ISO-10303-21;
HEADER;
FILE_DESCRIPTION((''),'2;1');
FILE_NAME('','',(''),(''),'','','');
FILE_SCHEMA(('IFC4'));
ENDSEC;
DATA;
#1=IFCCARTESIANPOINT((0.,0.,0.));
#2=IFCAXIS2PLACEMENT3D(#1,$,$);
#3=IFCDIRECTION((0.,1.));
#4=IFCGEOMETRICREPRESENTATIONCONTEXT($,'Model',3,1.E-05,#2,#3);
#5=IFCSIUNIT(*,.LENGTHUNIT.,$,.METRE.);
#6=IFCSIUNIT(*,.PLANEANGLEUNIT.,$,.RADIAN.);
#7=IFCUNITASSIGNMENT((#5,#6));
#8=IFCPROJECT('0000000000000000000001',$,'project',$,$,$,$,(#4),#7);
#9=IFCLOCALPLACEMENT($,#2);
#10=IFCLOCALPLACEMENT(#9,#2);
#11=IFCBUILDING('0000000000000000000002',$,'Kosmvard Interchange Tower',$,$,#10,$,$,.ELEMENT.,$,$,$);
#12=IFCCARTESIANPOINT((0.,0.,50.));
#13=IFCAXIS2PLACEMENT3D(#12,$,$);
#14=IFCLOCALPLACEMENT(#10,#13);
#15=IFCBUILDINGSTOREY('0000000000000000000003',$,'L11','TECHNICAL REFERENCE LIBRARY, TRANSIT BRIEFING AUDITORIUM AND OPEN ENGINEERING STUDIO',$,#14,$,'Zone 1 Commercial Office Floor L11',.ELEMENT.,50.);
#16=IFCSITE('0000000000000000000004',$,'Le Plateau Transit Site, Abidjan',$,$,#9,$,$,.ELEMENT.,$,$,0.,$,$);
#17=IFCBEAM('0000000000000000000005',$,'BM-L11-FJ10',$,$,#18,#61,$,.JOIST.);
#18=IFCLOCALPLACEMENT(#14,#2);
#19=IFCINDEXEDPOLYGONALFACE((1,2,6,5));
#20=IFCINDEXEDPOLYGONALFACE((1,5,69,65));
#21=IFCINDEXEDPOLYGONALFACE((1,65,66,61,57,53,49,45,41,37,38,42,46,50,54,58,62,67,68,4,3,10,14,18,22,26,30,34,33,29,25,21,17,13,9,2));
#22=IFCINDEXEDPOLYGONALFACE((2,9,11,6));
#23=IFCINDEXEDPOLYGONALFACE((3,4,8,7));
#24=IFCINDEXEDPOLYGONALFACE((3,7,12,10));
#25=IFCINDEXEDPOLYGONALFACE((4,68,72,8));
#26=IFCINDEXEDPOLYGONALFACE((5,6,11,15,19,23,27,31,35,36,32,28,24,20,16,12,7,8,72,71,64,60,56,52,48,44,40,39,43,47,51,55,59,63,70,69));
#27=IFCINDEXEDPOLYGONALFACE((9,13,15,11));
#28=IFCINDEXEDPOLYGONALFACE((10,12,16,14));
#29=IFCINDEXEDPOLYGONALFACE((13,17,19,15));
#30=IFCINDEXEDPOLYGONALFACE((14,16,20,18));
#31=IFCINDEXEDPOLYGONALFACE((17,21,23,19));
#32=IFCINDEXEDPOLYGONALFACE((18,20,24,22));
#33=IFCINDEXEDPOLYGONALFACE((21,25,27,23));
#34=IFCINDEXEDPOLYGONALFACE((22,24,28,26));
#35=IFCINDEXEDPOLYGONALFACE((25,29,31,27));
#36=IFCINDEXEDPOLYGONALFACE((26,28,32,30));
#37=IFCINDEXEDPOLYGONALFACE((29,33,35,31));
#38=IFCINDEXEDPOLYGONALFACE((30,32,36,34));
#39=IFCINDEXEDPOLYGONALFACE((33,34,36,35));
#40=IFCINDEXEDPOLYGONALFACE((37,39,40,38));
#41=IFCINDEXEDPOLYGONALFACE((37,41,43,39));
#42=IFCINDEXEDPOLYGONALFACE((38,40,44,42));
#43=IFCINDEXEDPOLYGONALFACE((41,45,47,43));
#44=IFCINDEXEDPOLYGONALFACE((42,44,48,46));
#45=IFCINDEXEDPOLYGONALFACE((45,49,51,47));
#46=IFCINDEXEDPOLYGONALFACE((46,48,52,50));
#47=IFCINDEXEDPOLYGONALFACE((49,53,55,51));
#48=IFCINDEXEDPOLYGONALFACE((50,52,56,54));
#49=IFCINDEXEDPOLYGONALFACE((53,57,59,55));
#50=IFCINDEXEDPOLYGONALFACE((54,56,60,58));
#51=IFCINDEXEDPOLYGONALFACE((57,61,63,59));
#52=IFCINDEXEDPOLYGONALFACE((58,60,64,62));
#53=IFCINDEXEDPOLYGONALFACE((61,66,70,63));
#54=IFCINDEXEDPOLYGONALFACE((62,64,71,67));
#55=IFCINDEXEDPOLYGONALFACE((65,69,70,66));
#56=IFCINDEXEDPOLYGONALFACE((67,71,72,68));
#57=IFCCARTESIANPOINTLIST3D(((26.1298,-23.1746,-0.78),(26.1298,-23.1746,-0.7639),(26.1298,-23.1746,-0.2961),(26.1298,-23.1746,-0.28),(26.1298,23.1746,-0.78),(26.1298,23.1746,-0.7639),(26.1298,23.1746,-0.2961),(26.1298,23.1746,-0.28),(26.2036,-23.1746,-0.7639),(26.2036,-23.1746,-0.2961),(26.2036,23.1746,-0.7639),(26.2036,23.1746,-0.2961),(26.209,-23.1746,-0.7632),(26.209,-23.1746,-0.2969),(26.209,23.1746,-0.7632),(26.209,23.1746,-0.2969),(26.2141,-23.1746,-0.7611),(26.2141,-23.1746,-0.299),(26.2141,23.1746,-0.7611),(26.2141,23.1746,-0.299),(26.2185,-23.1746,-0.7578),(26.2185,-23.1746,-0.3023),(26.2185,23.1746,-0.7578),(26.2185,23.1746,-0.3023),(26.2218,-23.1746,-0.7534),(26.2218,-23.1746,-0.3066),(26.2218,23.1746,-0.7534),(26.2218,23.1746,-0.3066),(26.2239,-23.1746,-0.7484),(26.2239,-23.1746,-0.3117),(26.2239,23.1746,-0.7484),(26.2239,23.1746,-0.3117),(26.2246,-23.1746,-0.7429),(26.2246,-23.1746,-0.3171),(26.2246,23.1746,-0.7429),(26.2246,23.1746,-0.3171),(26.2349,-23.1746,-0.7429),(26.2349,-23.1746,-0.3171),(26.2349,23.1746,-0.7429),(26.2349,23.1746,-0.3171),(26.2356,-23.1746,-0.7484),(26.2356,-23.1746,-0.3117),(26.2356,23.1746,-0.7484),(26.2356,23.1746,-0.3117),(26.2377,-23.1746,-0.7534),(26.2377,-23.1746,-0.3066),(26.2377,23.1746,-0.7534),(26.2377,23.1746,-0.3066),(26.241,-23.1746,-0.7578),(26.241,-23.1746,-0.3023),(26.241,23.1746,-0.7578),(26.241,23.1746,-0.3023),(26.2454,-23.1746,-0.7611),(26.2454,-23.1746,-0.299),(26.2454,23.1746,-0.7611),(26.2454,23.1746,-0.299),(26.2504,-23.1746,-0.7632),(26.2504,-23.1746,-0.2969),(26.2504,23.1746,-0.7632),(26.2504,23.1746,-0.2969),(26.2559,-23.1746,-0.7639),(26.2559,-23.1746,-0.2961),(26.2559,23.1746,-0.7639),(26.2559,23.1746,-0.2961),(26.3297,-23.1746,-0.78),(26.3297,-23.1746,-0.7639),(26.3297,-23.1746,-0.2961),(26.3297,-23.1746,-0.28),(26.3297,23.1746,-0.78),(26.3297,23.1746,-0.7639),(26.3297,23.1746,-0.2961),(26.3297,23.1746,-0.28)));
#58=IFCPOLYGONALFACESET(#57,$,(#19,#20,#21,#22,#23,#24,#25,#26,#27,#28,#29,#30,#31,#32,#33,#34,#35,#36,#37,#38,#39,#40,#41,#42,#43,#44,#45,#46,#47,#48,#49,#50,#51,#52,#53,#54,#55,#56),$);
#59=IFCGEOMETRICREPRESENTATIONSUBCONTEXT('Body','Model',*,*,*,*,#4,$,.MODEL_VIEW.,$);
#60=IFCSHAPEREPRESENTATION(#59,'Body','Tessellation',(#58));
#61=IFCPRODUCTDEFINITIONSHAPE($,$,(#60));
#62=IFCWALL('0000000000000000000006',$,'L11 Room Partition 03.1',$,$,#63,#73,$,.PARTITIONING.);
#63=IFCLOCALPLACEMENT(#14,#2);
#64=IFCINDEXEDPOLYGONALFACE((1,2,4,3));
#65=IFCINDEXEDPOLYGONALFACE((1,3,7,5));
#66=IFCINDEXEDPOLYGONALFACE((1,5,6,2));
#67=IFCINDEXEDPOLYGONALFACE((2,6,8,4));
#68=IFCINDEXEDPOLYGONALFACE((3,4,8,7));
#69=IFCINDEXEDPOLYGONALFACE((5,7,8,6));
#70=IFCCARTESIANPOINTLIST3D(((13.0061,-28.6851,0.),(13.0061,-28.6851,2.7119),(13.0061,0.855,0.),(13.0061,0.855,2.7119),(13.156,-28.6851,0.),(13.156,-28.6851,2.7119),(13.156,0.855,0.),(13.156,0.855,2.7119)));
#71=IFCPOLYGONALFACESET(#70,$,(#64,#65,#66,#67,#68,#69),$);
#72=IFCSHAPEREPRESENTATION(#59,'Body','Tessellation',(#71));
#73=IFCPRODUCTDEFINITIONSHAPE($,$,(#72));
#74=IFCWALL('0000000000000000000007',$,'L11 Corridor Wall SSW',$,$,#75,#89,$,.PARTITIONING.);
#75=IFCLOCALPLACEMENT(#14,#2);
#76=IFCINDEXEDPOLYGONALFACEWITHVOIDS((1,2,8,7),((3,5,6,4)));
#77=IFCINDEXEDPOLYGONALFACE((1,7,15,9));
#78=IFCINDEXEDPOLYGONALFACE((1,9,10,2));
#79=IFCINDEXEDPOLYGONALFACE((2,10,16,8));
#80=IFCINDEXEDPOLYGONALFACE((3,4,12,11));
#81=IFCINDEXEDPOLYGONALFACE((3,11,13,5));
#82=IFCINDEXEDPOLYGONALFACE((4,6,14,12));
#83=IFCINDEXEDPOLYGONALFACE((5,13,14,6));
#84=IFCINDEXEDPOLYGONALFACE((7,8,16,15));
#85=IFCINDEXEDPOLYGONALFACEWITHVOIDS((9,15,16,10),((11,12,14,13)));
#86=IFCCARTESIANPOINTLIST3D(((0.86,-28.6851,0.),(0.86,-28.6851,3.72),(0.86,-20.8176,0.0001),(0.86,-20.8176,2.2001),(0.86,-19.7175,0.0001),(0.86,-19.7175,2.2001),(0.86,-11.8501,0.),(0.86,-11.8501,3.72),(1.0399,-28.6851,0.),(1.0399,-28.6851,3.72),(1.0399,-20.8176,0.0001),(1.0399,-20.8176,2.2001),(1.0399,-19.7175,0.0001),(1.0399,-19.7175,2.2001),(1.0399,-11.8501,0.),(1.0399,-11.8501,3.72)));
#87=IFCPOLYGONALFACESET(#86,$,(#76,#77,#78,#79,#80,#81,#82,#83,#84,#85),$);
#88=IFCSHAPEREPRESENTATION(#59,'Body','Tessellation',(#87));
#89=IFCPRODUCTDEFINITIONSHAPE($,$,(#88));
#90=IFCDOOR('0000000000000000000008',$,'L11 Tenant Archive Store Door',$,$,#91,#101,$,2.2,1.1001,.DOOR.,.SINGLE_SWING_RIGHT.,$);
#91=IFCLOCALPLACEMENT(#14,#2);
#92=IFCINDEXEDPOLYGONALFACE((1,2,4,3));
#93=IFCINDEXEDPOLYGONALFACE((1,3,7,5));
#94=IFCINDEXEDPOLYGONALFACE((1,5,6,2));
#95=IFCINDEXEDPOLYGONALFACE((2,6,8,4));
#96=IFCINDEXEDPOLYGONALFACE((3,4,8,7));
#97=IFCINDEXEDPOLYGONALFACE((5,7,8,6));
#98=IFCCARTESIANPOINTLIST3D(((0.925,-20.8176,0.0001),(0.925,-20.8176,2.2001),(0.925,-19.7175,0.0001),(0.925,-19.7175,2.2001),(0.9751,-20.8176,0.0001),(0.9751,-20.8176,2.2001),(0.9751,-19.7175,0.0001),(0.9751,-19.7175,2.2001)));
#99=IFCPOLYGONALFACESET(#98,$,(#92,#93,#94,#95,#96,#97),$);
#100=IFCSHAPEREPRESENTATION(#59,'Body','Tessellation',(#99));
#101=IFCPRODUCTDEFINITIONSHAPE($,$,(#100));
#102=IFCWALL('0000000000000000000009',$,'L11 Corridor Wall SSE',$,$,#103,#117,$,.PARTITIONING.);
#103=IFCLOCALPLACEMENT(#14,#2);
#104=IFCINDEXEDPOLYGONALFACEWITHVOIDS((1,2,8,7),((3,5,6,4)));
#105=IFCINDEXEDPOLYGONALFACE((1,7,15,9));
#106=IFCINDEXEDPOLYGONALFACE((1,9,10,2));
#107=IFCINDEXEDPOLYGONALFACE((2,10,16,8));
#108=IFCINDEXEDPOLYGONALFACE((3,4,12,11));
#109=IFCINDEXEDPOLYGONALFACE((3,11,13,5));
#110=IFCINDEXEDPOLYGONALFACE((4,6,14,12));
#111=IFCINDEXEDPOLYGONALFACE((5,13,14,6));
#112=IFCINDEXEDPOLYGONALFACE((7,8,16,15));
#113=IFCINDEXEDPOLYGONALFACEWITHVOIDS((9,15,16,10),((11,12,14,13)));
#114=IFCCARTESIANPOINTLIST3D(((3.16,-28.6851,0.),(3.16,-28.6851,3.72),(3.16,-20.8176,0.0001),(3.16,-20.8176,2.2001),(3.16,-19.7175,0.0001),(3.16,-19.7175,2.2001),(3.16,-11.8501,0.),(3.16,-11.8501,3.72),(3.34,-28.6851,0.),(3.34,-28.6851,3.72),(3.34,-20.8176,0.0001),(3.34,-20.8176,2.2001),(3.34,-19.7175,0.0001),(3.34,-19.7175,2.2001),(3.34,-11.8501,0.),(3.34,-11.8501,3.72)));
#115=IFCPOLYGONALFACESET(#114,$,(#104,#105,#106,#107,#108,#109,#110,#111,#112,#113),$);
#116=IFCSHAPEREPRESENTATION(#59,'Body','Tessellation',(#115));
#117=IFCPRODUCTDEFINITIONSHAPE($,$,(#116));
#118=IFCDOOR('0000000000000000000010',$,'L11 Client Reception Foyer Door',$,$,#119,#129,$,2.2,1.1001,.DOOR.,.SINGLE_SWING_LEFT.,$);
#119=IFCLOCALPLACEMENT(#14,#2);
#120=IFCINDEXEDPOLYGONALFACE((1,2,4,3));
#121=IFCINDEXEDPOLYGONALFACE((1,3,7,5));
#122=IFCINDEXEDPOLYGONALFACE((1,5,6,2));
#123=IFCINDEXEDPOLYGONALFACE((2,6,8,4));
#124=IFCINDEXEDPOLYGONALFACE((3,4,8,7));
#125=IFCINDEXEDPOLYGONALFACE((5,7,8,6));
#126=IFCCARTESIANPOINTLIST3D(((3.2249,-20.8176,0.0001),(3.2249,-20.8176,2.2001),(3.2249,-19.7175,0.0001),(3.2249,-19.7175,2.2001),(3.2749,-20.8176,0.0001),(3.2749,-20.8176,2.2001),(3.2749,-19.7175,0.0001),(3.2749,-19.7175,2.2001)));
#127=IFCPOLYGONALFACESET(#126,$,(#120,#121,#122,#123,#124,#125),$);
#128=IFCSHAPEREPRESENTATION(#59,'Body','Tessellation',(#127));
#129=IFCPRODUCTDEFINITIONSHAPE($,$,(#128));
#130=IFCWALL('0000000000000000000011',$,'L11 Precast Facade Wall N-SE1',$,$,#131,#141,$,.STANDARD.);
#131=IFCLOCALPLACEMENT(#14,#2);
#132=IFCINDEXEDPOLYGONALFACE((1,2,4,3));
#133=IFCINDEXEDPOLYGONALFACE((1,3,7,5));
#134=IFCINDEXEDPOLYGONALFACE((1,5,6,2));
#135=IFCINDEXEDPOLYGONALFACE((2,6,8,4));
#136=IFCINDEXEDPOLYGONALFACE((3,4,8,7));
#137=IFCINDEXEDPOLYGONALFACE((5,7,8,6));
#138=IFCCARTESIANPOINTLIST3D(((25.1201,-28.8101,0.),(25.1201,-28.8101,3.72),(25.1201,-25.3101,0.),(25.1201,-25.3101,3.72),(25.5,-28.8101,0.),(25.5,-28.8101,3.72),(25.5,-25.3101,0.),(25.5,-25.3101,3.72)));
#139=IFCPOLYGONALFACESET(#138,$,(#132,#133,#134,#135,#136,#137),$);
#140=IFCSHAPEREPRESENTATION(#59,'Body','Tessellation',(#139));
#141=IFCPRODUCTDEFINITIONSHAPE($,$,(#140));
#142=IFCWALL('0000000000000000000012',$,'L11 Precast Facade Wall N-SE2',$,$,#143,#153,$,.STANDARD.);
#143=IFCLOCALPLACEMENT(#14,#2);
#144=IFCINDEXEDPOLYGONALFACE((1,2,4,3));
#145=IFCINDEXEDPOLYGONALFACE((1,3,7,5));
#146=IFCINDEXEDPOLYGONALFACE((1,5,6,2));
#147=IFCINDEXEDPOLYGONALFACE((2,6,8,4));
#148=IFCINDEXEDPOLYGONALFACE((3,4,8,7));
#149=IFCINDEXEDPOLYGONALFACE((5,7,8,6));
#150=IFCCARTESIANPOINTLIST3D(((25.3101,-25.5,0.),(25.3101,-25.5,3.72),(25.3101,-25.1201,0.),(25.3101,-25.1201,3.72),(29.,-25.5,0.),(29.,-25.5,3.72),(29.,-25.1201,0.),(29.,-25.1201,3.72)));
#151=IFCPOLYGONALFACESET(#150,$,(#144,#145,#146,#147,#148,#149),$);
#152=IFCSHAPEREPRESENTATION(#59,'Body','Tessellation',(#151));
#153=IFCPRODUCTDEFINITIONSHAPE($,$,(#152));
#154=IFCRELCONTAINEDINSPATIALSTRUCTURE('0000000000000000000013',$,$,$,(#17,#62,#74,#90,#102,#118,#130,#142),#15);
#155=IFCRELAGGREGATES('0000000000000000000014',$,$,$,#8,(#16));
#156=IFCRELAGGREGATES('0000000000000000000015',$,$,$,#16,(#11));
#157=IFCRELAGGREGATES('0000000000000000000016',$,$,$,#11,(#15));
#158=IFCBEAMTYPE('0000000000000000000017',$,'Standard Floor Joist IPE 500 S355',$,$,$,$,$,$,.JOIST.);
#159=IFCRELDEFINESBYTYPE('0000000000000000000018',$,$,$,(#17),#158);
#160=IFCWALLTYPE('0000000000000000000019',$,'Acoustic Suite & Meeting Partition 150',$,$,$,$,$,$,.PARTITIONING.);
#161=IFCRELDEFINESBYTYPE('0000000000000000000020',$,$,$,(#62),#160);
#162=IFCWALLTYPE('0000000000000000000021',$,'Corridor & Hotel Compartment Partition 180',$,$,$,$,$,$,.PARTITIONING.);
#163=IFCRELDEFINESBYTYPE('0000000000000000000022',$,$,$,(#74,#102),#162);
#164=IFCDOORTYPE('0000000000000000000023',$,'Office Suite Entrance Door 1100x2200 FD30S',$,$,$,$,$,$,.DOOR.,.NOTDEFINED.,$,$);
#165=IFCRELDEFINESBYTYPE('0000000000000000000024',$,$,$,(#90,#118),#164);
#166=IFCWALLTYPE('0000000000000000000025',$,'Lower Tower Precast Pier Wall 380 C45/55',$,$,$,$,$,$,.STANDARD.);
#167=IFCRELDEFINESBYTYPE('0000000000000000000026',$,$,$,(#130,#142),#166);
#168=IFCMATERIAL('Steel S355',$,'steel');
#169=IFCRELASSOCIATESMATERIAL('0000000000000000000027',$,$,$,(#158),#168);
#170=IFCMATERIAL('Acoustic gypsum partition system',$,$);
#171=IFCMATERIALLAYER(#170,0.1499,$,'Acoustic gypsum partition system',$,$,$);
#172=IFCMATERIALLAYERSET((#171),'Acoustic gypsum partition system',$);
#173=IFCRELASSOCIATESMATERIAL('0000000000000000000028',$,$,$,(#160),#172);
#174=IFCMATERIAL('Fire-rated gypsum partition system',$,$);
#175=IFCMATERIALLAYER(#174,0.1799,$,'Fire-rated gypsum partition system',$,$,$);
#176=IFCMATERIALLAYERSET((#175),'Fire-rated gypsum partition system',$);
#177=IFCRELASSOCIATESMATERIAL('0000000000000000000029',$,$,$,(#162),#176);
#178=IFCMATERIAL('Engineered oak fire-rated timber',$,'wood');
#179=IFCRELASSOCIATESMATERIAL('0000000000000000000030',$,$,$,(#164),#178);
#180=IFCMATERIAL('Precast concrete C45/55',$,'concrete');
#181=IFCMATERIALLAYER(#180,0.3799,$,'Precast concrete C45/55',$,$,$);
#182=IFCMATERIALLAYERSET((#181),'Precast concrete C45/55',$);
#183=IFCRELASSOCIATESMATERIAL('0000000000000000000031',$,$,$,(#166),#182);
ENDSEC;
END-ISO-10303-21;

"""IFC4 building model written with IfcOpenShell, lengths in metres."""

from ifc_helpers import new_model, si_unit, direction, frame, frame_2d, origin, origin_2d, place, context, subcontext, project, spatial, rectangle, i_section, extrude, source, transform, mapped, material, layer, layer_set, material_profile, profile_set, type_object, element, fill, save


model = new_model("IFC4")

# Units and contexts
model_context = context("Model", 3, precision=1e-05, world=origin(), true_north=direction((0.0, 1.0)))
body_context = subcontext(model_context, "Body", "Model", "MODEL_VIEW")
ifc_project = project(units=[si_unit("LENGTHUNIT", "METRE"), si_unit("PLANEANGLEUNIT", "RADIAN")], contexts=[model_context])

# Site, building, storey
site_placement = place(None, origin())
site = spatial("IfcSite", under=ifc_project, at=site_placement, Name="Le Plateau Transit Site, Abidjan", CompositionType="ELEMENT", RefElevation=0.0)
building_placement = place(site_placement, origin())
building = spatial("IfcBuilding", under=site, at=building_placement, Name="Kosmvard Interchange Tower", CompositionType="ELEMENT")
storey_placement = place(building_placement, frame((0.0, 0.0, 50.0)))
storey = spatial("IfcBuildingStorey", under=building, at=storey_placement, Name="L11", Description="TECHNICAL REFERENCE LIBRARY, TRANSIT BRIEFING AUDITORIUM AND OPEN ENGINEERING STUDIO", LongName="Zone 1 Commercial Office Floor L11", CompositionType="ELEMENT", Elevation=50.0)

# Beam
ifc_material_1 = material(Name="Steel S355", Category="steel")
ifc_material_2 = material(Name="Precast concrete C45/55", Category="concrete")
ifc_material_profile_1 = material_profile(ifc_material_1, i_section(OverallWidth=0.2, OverallDepth=0.5, WebThickness=0.0103, FlangeThickness=0.0161, FilletRadius=0.021, at=origin_2d()), Name="IPE 500")
ifc_profile_set_1 = profile_set([ifc_material_profile_1], Name="Steel S355")
beam_type_1 = type_object("IfcBeamType", Name="Standard Floor Joist IPE 500 S355", PredefinedType="JOIST", material=ifc_profile_set_1)
shared_shape_1 = source(origin(), body_context, "Body", "SweptSolid", [
    extrude(i_section(OverallWidth=0.2, OverallDepth=0.5, WebThickness=0.0103, FlangeThickness=0.0161, FilletRadius=0.021, at=origin_2d()), origin(), (0.0, 0.0, 1.0), 46.3491),
])
beam_1_placement = place(storey_placement, frame((26.2297, -23.1746, -0.53), z_axis=(0.0, 1.0, 0.0), x_axis=(-1.0, 0.0, 0.0)))
element("IfcBeam", 1, at=beam_1_placement, inside=storey, type_object=beam_type_1, Name="BM-L11-FJ10", PredefinedType="JOIST", context=body_context, shape_type="MappedRepresentation", body=[
    mapped(shared_shape_1, transform((0.0, 0.0, 0.0), scale=1.0)),
])

# Wall
ifc_material_3 = material(Name="Acoustic gypsum partition system")
ifc_layer_1 = layer(ifc_material_3, 0.1499, Name="Acoustic gypsum partition system")
ifc_layer_set_1 = layer_set([ifc_layer_1], Name="Acoustic gypsum partition system")
wall_type_1 = type_object("IfcWallType", Name="Acoustic Suite & Meeting Partition 150", PredefinedType="PARTITIONING", material=ifc_layer_set_1)
wall_1_placement = place(storey_placement, frame((13.0811, -28.6851, 0.0), z_axis=(0.0, 0.0, 1.0), x_axis=(0.0, 1.0, 0.0)))
element("IfcWall", 2, at=wall_1_placement, inside=storey, type_object=wall_type_1, Name="L11 Room Partition 03.1", PredefinedType="PARTITIONING", context=body_context, shape_type="SweptSolid", body=[
    extrude(rectangle(XDim=29.54, YDim=0.1499, at=frame_2d((14.77, 0.0))), origin(), (0.0, 0.0, 1.0), 2.7119),
])

# Walls, openings, doors
ifc_material_4 = material(Name="Fire-rated gypsum partition system")
ifc_layer_2 = layer(ifc_material_4, 0.1799, Name="Fire-rated gypsum partition system")
ifc_layer_set_2 = layer_set([ifc_layer_2], Name="Fire-rated gypsum partition system")
wall_type_2 = type_object("IfcWallType", Name="Corridor & Hotel Compartment Partition 180", PredefinedType="PARTITIONING", material=ifc_layer_set_2)
wall_2_placement = place(storey_placement, frame((0.95, -28.6851, 0.0), z_axis=(0.0, 0.0, 1.0), x_axis=(0.0, 1.0, 0.0)))
wall_2 = element("IfcWall", 3, at=wall_2_placement, inside=storey, type_object=wall_type_2, Name="L11 Corridor Wall SSW", PredefinedType="PARTITIONING", context=body_context, shape_type="SweptSolid", body=[
    extrude(rectangle(XDim=16.835, YDim=0.1799, at=frame_2d((8.4175, 0.0))), origin(), (0.0, 0.0, 1.0), 3.72),
])
opening_1_placement = place(wall_2_placement, frame((7.8674, 0.0, 0.0)))
opening_1 = element("IfcOpeningElement", 4, at=opening_1_placement, cuts=wall_2, PredefinedType="OPENING", context=body_context, shape_type="SweptSolid", body=[
    extrude(rectangle(XDim=1.1001, YDim=2.2, at=frame_2d((0.55, 1.1001))), frame((0.0, 0.1001, 0.0), z_axis=(0.0, -1.0, 0.0), x_axis=(1.0, 0.0, 0.0)), (0.0, 0.0, 1.0), 0.2),
])
ifc_material_5 = material(Name="Engineered oak fire-rated timber", Category="wood")
door_type = type_object("IfcDoorType", Name="Office Suite Entrance Door 1100x2200 FD30S", OperationType="NOTDEFINED", PredefinedType="DOOR", material=ifc_material_5)
shared_shape_2 = source(origin(), body_context, "Body", "SweptSolid", [
    extrude(rectangle(XDim=1.1001, YDim=2.2, at=frame_2d((0.55, 1.1001))), frame((0.0, 0.0249, 0.0), z_axis=(0.0, -1.0, 0.0), x_axis=(1.0, 0.0, 0.0)), (0.0, 0.0, 1.0), 0.05),
])
door_1_placement = place(opening_1_placement, origin())
door_1 = element("IfcDoor", 5, at=door_1_placement, inside=storey, type_object=door_type, Name="L11 Tenant Archive Store Door", OperationType="SINGLE_SWING_RIGHT", OverallHeight=2.2, OverallWidth=1.1001, PredefinedType="DOOR", context=body_context, shape_type="MappedRepresentation", body=[
    mapped(shared_shape_2, transform((0.0, 0.0, 0.0), scale=1.0)),
])
fill(opening_1, door_1)
wall_3_placement = place(storey_placement, frame((3.25, -28.6851, 0.0), z_axis=(0.0, 0.0, 1.0), x_axis=(0.0, 1.0, 0.0)))
wall_3 = element("IfcWall", 6, at=wall_3_placement, inside=storey, type_object=wall_type_2, Name="L11 Corridor Wall SSE", PredefinedType="PARTITIONING", context=body_context, shape_type="SweptSolid", body=[
    extrude(rectangle(XDim=16.835, YDim=0.1799, at=frame_2d((8.4175, 0.0))), origin(), (0.0, 0.0, 1.0), 3.72),
])
opening_2_placement = place(wall_3_placement, frame((7.8674, 0.0, 0.0)))
opening_2 = element("IfcOpeningElement", 7, at=opening_2_placement, cuts=wall_3, PredefinedType="OPENING", context=body_context, shape_type="SweptSolid", body=[
    extrude(rectangle(XDim=1.1001, YDim=2.2, at=frame_2d((0.55, 1.1001))), frame((0.0, 0.1001, 0.0), z_axis=(0.0, -1.0, 0.0), x_axis=(1.0, 0.0, 0.0)), (0.0, 0.0, 1.0), 0.2),
])
door_2_placement = place(opening_2_placement, frame((1.1001, 0.0, 0.0), z_axis=(0.0, 0.0, 1.0), x_axis=(-1.0, 0.0, 0.0)))
door_2 = element("IfcDoor", 8, at=door_2_placement, inside=storey, type_object=door_type, Name="L11 Client Reception Foyer Door", OperationType="SINGLE_SWING_LEFT", OverallHeight=2.2, OverallWidth=1.1001, PredefinedType="DOOR", context=body_context, shape_type="MappedRepresentation", body=[
    mapped(shared_shape_2, transform((0.0, 0.0, 0.0), scale=1.0)),
])
fill(opening_2, door_2)

# Walls
ifc_layer_3 = layer(ifc_material_2, 0.3799, Name="Precast concrete C45/55")
ifc_layer_set_3 = layer_set([ifc_layer_3], Name="Precast concrete C45/55")
wall_type_3 = type_object("IfcWallType", Name="Lower Tower Precast Pier Wall 380 C45/55", PredefinedType="STANDARD", material=ifc_layer_set_3)
wall_4_placement = place(storey_placement, frame((25.3101, -28.8101, 0.0), z_axis=(0.0, 0.0, 1.0), x_axis=(0.0, 1.0, 0.0)))
element("IfcWall", 9, at=wall_4_placement, inside=storey, type_object=wall_type_3, Name="L11 Precast Facade Wall N-SE1", PredefinedType="STANDARD", context=body_context, shape_type="SweptSolid", body=[
    extrude(rectangle(XDim=3.5, YDim=0.3799, at=frame_2d((1.75, 0.0))), origin(), (0.0, 0.0, 1.0), 3.72),
])
wall_5_placement = place(storey_placement, frame((25.3101, -25.3101, 0.0), z_axis=(0.0, 0.0, 1.0), x_axis=(1.0, 0.0, 0.0)))
element("IfcWall", 10, at=wall_5_placement, inside=storey, type_object=wall_type_3, Name="L11 Precast Facade Wall N-SE2", PredefinedType="STANDARD", context=body_context, shape_type="SweptSolid", body=[
    extrude(rectangle(XDim=3.6899, YDim=0.3799, at=frame_2d((1.845, 0.0))), origin(), (0.0, 0.0, 1.0), 3.72),
])

save(model, "model.ifc")
